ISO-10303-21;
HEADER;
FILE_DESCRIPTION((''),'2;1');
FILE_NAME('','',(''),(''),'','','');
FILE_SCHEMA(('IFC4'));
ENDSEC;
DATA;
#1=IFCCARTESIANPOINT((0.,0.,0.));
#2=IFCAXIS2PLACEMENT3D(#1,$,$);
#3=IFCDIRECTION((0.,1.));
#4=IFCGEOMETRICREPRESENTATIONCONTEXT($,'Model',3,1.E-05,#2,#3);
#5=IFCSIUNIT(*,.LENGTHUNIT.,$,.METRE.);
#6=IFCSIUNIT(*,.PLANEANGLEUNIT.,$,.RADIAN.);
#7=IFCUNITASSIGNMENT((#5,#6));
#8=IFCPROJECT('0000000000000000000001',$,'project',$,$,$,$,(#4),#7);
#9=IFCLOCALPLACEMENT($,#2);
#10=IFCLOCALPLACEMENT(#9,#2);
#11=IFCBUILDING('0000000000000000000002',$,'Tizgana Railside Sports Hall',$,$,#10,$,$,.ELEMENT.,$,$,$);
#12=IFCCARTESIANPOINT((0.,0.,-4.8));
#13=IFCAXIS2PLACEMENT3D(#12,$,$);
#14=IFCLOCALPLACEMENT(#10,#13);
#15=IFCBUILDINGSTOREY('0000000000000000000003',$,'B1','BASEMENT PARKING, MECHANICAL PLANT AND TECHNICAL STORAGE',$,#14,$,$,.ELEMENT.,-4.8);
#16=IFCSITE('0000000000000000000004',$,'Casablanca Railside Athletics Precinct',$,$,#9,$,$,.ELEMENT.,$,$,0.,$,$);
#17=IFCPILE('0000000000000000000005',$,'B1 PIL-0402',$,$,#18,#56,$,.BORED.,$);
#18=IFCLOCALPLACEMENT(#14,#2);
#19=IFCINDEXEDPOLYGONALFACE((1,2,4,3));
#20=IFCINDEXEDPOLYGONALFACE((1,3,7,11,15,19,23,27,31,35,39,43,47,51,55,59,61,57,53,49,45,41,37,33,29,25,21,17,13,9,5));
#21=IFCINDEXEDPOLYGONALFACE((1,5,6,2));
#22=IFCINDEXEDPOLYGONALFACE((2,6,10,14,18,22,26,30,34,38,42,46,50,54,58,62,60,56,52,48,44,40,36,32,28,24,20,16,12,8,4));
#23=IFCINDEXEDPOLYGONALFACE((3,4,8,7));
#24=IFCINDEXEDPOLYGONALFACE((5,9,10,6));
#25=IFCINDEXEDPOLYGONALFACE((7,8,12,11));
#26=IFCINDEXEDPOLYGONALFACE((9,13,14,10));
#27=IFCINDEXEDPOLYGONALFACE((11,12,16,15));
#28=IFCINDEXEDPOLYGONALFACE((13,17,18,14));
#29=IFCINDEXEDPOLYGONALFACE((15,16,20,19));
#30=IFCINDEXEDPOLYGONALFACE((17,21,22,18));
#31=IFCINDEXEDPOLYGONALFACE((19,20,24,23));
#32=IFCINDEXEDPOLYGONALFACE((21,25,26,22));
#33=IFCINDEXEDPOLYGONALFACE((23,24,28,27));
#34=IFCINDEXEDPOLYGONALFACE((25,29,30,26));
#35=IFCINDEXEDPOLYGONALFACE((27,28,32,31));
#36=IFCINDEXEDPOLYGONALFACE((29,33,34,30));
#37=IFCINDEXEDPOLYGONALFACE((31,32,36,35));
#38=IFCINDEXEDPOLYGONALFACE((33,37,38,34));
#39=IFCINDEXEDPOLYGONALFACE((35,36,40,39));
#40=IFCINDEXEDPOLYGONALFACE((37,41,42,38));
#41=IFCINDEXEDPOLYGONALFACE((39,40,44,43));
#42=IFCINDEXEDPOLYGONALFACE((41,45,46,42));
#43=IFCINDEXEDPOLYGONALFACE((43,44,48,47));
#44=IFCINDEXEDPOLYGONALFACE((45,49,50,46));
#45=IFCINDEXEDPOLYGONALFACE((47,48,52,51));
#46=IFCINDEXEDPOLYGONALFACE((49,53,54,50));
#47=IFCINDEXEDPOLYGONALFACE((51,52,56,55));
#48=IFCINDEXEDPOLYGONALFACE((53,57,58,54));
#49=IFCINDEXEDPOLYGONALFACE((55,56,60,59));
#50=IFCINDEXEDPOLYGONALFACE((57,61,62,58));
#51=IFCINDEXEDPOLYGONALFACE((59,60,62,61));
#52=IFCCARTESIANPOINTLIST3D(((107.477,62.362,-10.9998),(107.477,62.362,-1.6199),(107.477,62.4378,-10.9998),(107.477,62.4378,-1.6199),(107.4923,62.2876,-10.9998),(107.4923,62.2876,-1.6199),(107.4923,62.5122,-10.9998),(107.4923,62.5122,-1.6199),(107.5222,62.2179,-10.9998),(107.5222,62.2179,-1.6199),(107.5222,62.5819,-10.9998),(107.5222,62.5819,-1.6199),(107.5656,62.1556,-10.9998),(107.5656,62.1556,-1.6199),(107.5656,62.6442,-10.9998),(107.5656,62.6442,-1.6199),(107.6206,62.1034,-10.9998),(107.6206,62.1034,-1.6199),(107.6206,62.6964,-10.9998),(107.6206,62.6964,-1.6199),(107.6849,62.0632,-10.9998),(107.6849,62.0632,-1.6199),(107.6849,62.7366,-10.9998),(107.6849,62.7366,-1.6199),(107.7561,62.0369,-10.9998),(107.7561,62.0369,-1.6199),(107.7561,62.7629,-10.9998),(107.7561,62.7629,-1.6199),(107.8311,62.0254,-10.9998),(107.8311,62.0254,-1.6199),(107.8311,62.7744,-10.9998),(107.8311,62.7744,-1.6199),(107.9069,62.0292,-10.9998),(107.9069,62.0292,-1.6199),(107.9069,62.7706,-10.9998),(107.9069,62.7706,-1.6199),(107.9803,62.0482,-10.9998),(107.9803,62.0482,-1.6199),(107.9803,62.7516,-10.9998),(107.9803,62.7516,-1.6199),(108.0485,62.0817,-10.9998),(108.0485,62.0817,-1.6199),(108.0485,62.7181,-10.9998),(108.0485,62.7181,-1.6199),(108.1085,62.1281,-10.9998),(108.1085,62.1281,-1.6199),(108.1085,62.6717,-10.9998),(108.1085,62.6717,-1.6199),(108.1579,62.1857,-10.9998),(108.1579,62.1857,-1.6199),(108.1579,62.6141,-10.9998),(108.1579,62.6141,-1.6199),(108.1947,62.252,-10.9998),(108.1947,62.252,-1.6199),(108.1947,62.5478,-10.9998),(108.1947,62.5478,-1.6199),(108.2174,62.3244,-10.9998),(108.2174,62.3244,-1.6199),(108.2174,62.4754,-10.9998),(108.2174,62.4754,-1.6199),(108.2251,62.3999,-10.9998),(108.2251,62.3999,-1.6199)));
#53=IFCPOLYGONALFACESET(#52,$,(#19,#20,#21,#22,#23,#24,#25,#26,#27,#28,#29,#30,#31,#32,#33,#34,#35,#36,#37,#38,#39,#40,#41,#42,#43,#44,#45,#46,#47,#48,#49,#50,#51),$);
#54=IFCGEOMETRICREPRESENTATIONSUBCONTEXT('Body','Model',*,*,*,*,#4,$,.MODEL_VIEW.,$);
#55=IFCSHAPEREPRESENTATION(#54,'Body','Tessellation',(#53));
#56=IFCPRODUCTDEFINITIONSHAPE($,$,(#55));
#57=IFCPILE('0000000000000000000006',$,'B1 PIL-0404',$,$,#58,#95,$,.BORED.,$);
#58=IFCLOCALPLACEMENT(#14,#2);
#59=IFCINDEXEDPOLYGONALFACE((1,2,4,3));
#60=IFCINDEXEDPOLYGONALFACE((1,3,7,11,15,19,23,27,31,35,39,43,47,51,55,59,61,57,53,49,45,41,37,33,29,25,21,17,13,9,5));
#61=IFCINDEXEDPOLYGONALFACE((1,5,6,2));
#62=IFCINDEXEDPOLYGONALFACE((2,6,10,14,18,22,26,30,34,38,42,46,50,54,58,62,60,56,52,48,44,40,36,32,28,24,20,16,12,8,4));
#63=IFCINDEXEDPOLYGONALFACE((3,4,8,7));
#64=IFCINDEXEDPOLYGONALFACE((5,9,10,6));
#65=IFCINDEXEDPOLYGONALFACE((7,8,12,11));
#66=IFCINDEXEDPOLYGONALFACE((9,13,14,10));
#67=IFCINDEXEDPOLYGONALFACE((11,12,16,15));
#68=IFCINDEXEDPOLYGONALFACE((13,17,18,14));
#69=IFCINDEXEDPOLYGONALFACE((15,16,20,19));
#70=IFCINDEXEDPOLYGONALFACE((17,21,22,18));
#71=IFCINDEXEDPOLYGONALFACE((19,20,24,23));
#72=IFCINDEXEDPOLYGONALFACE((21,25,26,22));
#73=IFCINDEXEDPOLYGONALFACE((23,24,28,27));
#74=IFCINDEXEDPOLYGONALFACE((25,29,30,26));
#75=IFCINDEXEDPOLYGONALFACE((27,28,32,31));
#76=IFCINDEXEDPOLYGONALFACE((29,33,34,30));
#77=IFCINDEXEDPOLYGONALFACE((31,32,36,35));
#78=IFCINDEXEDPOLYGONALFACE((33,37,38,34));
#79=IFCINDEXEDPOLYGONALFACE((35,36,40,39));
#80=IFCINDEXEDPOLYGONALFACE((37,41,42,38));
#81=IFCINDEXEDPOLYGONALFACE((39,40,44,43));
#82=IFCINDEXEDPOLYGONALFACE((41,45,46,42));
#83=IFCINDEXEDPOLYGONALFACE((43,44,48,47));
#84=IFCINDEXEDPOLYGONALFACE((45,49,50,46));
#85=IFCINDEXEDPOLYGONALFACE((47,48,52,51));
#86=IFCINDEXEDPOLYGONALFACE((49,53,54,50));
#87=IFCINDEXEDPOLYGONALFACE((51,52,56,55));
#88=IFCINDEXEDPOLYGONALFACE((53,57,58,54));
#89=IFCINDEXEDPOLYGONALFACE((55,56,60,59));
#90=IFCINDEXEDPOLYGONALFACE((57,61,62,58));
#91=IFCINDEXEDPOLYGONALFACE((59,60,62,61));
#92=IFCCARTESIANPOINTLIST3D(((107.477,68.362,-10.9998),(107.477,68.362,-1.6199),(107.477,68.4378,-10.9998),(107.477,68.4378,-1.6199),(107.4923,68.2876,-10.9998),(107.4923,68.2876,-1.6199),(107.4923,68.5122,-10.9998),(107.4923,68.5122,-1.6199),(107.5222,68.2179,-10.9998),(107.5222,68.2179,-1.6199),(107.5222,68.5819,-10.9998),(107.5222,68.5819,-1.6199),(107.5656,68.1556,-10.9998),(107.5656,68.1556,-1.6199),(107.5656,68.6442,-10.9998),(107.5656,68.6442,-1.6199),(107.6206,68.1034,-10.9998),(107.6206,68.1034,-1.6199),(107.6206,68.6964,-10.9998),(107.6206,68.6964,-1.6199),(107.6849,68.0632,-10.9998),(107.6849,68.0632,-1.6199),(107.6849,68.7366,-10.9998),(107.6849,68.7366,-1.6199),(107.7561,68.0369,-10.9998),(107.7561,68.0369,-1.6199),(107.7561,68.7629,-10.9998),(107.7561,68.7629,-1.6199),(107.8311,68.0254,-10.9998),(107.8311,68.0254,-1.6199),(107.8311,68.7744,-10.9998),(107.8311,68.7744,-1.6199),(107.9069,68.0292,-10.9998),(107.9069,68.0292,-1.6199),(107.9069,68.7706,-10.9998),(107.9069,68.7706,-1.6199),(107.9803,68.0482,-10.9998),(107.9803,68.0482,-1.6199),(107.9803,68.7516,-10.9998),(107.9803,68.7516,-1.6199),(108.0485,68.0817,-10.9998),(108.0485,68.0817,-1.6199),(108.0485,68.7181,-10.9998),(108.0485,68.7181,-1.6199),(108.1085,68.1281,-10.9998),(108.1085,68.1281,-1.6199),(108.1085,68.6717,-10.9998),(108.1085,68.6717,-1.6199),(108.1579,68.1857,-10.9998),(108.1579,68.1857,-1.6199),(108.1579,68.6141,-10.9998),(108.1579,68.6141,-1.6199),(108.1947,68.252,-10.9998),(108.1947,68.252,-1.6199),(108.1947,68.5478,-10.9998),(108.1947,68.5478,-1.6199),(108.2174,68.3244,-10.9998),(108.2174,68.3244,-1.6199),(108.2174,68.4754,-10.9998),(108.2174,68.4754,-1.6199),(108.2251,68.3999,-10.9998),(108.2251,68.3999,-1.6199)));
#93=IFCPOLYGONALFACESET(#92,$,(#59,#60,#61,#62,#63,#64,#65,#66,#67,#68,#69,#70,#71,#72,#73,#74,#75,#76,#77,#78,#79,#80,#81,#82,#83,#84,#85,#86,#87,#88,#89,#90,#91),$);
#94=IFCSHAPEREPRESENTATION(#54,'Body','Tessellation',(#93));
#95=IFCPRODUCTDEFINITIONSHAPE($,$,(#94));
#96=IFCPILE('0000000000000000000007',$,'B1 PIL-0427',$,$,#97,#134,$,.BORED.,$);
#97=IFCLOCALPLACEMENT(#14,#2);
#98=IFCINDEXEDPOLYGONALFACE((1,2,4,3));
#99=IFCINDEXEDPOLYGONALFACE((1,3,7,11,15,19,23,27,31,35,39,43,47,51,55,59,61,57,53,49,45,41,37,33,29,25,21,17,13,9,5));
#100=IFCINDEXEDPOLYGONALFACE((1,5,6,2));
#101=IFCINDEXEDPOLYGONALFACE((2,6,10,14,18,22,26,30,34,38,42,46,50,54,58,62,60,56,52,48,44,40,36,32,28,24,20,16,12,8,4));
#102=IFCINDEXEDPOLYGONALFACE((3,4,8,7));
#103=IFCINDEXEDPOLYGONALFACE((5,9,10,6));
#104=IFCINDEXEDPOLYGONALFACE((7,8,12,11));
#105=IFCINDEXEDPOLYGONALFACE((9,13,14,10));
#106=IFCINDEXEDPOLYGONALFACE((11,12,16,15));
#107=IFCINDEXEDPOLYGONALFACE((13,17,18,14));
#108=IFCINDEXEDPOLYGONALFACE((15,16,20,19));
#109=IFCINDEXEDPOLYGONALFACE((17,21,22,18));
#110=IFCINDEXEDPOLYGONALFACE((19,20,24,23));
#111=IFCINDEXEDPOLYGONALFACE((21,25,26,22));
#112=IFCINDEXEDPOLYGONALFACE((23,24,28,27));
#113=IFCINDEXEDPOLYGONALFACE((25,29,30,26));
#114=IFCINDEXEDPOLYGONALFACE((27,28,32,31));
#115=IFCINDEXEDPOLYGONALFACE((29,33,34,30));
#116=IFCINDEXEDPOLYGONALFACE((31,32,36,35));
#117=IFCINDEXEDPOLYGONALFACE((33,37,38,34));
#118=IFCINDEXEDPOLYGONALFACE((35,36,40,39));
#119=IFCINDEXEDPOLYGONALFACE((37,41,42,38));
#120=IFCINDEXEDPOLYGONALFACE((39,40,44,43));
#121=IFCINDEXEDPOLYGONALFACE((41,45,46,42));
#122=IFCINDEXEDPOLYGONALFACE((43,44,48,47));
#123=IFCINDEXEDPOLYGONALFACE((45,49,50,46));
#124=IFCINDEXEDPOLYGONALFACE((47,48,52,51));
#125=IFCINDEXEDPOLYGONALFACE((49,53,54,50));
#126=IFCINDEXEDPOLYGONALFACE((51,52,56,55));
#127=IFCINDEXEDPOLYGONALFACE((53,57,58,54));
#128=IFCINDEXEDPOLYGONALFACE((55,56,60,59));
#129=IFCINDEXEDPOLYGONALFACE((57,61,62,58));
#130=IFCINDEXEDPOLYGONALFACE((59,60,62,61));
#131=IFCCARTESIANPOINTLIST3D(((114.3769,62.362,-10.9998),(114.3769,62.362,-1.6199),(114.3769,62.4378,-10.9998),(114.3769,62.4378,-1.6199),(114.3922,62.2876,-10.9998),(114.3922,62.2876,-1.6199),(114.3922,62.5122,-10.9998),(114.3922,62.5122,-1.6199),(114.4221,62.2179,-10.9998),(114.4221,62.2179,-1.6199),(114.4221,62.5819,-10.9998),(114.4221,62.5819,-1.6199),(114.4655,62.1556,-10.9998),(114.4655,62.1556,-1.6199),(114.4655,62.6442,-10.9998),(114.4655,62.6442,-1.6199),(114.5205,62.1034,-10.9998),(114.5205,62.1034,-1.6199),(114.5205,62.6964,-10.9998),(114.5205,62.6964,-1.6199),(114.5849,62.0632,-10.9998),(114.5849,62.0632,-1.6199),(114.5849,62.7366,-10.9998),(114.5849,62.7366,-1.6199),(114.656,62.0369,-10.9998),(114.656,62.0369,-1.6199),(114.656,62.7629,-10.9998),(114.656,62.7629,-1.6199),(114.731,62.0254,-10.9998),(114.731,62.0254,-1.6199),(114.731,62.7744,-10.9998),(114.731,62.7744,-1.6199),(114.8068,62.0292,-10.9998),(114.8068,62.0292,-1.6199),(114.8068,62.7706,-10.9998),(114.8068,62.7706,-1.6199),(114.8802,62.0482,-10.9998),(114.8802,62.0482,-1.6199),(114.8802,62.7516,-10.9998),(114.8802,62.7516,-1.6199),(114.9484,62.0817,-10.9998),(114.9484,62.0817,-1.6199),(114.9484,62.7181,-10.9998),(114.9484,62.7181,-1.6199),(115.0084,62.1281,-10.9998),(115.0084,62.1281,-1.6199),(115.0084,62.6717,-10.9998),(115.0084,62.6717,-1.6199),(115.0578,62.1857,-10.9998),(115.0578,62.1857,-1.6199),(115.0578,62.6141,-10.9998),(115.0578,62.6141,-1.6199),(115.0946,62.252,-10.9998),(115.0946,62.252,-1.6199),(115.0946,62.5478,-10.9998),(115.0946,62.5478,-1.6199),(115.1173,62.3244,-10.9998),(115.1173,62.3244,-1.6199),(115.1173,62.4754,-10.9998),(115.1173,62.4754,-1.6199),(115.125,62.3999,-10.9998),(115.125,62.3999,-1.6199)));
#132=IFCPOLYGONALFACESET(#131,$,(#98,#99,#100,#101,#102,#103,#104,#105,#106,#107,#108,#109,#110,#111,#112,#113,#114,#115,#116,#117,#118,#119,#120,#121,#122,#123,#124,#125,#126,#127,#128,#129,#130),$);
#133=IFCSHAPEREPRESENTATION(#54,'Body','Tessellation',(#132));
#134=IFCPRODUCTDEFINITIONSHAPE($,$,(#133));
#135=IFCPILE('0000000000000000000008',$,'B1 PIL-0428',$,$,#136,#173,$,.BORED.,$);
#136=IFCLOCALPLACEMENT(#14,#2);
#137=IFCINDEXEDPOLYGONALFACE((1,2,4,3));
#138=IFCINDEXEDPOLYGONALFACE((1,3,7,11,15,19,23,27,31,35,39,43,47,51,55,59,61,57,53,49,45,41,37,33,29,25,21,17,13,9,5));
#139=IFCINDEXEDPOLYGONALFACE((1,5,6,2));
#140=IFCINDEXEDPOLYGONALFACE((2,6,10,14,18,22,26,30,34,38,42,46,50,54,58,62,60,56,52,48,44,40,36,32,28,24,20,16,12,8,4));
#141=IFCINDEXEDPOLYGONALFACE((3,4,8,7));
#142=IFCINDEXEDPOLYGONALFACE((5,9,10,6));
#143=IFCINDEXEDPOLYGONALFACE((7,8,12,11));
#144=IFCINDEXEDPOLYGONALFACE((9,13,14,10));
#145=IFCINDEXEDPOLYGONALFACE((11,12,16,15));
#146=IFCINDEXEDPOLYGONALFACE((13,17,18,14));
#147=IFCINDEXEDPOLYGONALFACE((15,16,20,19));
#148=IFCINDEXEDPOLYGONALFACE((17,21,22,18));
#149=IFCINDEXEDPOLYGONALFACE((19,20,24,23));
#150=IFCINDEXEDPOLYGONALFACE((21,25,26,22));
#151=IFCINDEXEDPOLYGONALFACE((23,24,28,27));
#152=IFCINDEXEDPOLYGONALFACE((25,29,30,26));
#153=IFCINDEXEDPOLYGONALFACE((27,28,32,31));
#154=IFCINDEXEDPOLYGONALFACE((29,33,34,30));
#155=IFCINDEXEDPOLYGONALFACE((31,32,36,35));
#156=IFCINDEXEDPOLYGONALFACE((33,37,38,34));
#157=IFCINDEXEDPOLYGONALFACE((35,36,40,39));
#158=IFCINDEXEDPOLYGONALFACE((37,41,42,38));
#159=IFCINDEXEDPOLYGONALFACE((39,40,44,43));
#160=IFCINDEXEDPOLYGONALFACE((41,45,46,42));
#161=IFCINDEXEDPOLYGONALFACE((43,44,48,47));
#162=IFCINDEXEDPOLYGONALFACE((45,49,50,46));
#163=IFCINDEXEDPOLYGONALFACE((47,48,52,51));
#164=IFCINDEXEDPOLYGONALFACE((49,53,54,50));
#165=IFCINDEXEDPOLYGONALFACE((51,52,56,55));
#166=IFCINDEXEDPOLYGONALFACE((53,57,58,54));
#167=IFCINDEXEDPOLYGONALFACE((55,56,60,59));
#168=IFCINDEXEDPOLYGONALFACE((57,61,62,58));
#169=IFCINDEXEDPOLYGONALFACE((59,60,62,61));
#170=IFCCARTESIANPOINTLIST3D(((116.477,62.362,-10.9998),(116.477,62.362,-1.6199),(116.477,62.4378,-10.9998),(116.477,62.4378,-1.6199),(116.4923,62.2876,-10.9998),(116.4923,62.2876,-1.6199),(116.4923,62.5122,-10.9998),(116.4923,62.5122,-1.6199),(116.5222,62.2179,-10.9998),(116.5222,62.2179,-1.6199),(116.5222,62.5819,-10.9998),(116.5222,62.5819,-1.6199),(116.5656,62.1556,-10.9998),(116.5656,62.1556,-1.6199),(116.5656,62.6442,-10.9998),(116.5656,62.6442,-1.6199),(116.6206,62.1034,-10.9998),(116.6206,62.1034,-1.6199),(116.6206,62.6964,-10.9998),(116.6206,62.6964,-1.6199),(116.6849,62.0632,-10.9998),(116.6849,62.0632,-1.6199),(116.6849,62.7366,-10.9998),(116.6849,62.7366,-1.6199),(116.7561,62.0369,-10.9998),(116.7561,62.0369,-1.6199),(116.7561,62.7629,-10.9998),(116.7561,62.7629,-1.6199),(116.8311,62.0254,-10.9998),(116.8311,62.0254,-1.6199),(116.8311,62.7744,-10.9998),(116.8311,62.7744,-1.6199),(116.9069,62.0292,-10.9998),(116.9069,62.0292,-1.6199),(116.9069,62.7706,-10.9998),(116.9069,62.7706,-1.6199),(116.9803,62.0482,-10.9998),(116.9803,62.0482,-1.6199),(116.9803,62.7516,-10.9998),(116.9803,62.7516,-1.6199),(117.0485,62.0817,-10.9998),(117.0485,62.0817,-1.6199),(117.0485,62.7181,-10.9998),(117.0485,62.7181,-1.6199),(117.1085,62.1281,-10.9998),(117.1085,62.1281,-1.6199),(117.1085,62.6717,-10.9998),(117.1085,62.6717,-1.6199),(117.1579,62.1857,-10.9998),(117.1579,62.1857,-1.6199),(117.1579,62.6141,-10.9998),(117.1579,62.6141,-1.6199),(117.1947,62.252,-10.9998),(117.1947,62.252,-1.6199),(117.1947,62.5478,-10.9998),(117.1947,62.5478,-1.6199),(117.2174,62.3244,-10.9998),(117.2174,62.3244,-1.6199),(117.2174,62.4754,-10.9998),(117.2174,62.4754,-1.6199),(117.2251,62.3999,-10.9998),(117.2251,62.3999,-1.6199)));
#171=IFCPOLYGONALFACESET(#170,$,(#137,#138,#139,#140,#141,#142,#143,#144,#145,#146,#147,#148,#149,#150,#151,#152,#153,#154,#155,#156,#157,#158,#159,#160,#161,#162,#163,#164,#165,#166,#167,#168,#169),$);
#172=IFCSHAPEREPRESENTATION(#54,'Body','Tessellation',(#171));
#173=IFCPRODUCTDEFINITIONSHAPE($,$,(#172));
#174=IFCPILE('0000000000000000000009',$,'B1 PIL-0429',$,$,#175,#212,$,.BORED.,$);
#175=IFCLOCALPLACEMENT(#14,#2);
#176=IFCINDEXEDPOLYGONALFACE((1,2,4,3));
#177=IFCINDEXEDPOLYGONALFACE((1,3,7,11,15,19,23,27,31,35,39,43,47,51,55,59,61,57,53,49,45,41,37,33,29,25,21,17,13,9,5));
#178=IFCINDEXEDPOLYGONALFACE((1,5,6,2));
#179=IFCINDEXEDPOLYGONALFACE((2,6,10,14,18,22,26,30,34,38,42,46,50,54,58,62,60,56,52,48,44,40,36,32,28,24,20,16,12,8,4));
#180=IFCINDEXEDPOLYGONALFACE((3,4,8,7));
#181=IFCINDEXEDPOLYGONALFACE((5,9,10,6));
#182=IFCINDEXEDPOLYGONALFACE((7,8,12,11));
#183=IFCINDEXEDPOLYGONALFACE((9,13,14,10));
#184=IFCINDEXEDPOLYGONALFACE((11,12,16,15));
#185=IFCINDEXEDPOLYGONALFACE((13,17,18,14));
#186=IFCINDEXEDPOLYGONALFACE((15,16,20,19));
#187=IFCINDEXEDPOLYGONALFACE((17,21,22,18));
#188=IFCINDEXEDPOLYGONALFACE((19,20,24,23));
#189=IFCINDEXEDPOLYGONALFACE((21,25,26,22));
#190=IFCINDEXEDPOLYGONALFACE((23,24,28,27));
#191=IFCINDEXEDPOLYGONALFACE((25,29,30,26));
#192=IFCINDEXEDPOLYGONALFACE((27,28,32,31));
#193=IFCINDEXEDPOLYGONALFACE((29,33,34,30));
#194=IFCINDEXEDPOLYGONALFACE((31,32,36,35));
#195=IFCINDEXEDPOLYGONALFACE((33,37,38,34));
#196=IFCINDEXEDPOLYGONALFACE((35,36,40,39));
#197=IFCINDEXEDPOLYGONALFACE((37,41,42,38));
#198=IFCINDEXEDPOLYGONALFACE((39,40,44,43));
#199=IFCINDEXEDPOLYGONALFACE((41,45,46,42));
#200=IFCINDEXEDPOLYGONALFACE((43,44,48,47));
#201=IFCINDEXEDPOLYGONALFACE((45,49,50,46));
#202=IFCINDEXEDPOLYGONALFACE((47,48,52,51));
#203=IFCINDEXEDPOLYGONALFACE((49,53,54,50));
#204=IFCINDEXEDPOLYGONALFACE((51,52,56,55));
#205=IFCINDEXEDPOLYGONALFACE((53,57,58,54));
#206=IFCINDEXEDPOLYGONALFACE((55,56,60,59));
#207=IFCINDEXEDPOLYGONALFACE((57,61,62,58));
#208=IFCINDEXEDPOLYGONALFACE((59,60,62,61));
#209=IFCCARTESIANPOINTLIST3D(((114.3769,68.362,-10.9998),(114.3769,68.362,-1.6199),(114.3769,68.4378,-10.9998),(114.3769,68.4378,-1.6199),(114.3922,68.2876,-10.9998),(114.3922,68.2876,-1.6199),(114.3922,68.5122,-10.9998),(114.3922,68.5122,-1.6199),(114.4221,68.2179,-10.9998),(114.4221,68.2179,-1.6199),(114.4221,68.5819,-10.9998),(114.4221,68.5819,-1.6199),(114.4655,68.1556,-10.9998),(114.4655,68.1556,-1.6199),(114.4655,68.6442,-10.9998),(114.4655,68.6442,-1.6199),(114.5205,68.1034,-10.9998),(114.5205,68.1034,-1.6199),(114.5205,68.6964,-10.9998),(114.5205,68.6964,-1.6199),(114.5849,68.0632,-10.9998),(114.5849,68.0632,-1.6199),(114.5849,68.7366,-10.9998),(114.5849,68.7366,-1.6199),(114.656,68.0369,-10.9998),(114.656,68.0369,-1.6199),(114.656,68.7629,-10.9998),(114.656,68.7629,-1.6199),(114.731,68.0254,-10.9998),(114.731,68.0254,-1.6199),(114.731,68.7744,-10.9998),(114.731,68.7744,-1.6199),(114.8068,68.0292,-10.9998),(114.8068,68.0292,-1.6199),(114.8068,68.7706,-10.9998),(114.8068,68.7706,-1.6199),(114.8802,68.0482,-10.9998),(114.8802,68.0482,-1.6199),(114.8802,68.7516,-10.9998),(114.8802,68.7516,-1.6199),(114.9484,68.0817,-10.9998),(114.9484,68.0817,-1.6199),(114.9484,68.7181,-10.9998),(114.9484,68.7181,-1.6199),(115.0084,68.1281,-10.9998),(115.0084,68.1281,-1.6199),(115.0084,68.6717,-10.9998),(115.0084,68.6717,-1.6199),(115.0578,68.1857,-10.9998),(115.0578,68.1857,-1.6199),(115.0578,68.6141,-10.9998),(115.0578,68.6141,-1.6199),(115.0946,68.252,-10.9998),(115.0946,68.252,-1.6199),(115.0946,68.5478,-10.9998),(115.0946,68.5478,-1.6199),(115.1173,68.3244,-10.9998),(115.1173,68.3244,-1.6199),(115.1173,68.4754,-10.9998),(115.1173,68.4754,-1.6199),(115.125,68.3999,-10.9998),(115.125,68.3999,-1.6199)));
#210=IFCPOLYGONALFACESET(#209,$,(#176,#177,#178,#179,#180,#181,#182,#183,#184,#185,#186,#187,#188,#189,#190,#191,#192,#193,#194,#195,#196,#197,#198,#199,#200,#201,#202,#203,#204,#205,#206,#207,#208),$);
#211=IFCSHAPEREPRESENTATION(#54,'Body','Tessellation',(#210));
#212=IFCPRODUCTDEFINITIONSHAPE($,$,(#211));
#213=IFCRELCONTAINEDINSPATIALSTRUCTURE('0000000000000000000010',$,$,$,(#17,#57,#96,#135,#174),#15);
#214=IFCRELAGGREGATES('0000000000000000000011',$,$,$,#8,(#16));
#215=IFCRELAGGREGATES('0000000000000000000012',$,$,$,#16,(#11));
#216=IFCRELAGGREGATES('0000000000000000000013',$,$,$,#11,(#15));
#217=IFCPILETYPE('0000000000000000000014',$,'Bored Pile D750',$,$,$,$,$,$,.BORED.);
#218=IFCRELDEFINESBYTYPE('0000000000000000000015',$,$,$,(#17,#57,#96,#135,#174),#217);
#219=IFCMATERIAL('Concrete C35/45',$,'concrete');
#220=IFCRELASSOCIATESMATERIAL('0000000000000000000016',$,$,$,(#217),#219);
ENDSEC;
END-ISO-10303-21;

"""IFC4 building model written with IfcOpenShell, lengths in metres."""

from ifc_helpers import new_model, si_unit, direction, frame, origin, origin_2d, place, context, subcontext, project, spatial, circle, extrude, material, material_profile, profile_set, type_object, element, save


model = new_model("IFC4")

# Units and contexts
model_context = context("Model", 3, precision=1e-05, world=origin(), true_north=direction((0.0, 1.0)))
body_context = subcontext(model_context, "Body", "Model", "MODEL_VIEW")
ifc_project = project(units=[si_unit("LENGTHUNIT", "METRE"), si_unit("PLANEANGLEUNIT", "RADIAN")], contexts=[model_context])

# Site, building, storey
site_placement = place(None, origin())
site = spatial("IfcSite", under=ifc_project, at=site_placement, Name="Casablanca Railside Athletics Precinct", CompositionType="ELEMENT", RefElevation=0.0)
building_placement = place(site_placement, origin())
building = spatial("IfcBuilding", under=site, at=building_placement, Name="Tizgana Railside Sports Hall", CompositionType="ELEMENT")
storey_placement = place(building_placement, frame((0.0, 0.0, -4.8)))
storey = spatial("IfcBuildingStorey", under=building, at=storey_placement, Name="B1", Description="BASEMENT PARKING, MECHANICAL PLANT AND TECHNICAL STORAGE", CompositionType="ELEMENT", Elevation=-4.8)

# Piles
ifc_material_1 = material(Name="Concrete C35/45", Category="concrete")
ifc_material_profile_1 = material_profile(ifc_material_1, circle(Radius=0.375, at=origin_2d()), Name="PILE D750")
ifc_profile_set_1 = profile_set([ifc_material_profile_1], Name="Concrete C35/45")
pile_type_1 = type_object("IfcPileType", Name="Bored Pile D750", PredefinedType="BORED", material=ifc_profile_set_1)
for number, where, z_axis, x_axis, name in (
    (1, (107.8501, 62.3999, -1.6199), (0.0, 0.0, -1.0), (1.0, 0.0, 0.0), "B1 PIL-0402"),
    (2, (107.8501, 68.3999, -1.6199), (0.0, 0.0, -1.0), (1.0, 0.0, 0.0), "B1 PIL-0404"),
    (3, (114.75, 62.3999, -1.6199), (0.0, 0.0, -1.0), (1.0, 0.0, 0.0), "B1 PIL-0427"),
    (4, (116.8501, 62.3999, -1.6199), (0.0, 0.0, -1.0), (1.0, 0.0, 0.0), "B1 PIL-0428"),
    (5, (114.75, 68.3999, -1.6199), (0.0, 0.0, -1.0), (1.0, 0.0, 0.0), "B1 PIL-0429"),
):
    element("IfcPile", number, at=place(storey_placement, frame(where, z_axis=z_axis, x_axis=x_axis)), inside=storey, type_object=pile_type_1, Name=name, PredefinedType="BORED", context=body_context, shape_type="SweptSolid", body=[
        extrude(circle(Radius=0.375, at=origin_2d()), origin(), (0.0, 0.0, 1.0), 9.3799),
    ])

save(model, "model.ifc")
